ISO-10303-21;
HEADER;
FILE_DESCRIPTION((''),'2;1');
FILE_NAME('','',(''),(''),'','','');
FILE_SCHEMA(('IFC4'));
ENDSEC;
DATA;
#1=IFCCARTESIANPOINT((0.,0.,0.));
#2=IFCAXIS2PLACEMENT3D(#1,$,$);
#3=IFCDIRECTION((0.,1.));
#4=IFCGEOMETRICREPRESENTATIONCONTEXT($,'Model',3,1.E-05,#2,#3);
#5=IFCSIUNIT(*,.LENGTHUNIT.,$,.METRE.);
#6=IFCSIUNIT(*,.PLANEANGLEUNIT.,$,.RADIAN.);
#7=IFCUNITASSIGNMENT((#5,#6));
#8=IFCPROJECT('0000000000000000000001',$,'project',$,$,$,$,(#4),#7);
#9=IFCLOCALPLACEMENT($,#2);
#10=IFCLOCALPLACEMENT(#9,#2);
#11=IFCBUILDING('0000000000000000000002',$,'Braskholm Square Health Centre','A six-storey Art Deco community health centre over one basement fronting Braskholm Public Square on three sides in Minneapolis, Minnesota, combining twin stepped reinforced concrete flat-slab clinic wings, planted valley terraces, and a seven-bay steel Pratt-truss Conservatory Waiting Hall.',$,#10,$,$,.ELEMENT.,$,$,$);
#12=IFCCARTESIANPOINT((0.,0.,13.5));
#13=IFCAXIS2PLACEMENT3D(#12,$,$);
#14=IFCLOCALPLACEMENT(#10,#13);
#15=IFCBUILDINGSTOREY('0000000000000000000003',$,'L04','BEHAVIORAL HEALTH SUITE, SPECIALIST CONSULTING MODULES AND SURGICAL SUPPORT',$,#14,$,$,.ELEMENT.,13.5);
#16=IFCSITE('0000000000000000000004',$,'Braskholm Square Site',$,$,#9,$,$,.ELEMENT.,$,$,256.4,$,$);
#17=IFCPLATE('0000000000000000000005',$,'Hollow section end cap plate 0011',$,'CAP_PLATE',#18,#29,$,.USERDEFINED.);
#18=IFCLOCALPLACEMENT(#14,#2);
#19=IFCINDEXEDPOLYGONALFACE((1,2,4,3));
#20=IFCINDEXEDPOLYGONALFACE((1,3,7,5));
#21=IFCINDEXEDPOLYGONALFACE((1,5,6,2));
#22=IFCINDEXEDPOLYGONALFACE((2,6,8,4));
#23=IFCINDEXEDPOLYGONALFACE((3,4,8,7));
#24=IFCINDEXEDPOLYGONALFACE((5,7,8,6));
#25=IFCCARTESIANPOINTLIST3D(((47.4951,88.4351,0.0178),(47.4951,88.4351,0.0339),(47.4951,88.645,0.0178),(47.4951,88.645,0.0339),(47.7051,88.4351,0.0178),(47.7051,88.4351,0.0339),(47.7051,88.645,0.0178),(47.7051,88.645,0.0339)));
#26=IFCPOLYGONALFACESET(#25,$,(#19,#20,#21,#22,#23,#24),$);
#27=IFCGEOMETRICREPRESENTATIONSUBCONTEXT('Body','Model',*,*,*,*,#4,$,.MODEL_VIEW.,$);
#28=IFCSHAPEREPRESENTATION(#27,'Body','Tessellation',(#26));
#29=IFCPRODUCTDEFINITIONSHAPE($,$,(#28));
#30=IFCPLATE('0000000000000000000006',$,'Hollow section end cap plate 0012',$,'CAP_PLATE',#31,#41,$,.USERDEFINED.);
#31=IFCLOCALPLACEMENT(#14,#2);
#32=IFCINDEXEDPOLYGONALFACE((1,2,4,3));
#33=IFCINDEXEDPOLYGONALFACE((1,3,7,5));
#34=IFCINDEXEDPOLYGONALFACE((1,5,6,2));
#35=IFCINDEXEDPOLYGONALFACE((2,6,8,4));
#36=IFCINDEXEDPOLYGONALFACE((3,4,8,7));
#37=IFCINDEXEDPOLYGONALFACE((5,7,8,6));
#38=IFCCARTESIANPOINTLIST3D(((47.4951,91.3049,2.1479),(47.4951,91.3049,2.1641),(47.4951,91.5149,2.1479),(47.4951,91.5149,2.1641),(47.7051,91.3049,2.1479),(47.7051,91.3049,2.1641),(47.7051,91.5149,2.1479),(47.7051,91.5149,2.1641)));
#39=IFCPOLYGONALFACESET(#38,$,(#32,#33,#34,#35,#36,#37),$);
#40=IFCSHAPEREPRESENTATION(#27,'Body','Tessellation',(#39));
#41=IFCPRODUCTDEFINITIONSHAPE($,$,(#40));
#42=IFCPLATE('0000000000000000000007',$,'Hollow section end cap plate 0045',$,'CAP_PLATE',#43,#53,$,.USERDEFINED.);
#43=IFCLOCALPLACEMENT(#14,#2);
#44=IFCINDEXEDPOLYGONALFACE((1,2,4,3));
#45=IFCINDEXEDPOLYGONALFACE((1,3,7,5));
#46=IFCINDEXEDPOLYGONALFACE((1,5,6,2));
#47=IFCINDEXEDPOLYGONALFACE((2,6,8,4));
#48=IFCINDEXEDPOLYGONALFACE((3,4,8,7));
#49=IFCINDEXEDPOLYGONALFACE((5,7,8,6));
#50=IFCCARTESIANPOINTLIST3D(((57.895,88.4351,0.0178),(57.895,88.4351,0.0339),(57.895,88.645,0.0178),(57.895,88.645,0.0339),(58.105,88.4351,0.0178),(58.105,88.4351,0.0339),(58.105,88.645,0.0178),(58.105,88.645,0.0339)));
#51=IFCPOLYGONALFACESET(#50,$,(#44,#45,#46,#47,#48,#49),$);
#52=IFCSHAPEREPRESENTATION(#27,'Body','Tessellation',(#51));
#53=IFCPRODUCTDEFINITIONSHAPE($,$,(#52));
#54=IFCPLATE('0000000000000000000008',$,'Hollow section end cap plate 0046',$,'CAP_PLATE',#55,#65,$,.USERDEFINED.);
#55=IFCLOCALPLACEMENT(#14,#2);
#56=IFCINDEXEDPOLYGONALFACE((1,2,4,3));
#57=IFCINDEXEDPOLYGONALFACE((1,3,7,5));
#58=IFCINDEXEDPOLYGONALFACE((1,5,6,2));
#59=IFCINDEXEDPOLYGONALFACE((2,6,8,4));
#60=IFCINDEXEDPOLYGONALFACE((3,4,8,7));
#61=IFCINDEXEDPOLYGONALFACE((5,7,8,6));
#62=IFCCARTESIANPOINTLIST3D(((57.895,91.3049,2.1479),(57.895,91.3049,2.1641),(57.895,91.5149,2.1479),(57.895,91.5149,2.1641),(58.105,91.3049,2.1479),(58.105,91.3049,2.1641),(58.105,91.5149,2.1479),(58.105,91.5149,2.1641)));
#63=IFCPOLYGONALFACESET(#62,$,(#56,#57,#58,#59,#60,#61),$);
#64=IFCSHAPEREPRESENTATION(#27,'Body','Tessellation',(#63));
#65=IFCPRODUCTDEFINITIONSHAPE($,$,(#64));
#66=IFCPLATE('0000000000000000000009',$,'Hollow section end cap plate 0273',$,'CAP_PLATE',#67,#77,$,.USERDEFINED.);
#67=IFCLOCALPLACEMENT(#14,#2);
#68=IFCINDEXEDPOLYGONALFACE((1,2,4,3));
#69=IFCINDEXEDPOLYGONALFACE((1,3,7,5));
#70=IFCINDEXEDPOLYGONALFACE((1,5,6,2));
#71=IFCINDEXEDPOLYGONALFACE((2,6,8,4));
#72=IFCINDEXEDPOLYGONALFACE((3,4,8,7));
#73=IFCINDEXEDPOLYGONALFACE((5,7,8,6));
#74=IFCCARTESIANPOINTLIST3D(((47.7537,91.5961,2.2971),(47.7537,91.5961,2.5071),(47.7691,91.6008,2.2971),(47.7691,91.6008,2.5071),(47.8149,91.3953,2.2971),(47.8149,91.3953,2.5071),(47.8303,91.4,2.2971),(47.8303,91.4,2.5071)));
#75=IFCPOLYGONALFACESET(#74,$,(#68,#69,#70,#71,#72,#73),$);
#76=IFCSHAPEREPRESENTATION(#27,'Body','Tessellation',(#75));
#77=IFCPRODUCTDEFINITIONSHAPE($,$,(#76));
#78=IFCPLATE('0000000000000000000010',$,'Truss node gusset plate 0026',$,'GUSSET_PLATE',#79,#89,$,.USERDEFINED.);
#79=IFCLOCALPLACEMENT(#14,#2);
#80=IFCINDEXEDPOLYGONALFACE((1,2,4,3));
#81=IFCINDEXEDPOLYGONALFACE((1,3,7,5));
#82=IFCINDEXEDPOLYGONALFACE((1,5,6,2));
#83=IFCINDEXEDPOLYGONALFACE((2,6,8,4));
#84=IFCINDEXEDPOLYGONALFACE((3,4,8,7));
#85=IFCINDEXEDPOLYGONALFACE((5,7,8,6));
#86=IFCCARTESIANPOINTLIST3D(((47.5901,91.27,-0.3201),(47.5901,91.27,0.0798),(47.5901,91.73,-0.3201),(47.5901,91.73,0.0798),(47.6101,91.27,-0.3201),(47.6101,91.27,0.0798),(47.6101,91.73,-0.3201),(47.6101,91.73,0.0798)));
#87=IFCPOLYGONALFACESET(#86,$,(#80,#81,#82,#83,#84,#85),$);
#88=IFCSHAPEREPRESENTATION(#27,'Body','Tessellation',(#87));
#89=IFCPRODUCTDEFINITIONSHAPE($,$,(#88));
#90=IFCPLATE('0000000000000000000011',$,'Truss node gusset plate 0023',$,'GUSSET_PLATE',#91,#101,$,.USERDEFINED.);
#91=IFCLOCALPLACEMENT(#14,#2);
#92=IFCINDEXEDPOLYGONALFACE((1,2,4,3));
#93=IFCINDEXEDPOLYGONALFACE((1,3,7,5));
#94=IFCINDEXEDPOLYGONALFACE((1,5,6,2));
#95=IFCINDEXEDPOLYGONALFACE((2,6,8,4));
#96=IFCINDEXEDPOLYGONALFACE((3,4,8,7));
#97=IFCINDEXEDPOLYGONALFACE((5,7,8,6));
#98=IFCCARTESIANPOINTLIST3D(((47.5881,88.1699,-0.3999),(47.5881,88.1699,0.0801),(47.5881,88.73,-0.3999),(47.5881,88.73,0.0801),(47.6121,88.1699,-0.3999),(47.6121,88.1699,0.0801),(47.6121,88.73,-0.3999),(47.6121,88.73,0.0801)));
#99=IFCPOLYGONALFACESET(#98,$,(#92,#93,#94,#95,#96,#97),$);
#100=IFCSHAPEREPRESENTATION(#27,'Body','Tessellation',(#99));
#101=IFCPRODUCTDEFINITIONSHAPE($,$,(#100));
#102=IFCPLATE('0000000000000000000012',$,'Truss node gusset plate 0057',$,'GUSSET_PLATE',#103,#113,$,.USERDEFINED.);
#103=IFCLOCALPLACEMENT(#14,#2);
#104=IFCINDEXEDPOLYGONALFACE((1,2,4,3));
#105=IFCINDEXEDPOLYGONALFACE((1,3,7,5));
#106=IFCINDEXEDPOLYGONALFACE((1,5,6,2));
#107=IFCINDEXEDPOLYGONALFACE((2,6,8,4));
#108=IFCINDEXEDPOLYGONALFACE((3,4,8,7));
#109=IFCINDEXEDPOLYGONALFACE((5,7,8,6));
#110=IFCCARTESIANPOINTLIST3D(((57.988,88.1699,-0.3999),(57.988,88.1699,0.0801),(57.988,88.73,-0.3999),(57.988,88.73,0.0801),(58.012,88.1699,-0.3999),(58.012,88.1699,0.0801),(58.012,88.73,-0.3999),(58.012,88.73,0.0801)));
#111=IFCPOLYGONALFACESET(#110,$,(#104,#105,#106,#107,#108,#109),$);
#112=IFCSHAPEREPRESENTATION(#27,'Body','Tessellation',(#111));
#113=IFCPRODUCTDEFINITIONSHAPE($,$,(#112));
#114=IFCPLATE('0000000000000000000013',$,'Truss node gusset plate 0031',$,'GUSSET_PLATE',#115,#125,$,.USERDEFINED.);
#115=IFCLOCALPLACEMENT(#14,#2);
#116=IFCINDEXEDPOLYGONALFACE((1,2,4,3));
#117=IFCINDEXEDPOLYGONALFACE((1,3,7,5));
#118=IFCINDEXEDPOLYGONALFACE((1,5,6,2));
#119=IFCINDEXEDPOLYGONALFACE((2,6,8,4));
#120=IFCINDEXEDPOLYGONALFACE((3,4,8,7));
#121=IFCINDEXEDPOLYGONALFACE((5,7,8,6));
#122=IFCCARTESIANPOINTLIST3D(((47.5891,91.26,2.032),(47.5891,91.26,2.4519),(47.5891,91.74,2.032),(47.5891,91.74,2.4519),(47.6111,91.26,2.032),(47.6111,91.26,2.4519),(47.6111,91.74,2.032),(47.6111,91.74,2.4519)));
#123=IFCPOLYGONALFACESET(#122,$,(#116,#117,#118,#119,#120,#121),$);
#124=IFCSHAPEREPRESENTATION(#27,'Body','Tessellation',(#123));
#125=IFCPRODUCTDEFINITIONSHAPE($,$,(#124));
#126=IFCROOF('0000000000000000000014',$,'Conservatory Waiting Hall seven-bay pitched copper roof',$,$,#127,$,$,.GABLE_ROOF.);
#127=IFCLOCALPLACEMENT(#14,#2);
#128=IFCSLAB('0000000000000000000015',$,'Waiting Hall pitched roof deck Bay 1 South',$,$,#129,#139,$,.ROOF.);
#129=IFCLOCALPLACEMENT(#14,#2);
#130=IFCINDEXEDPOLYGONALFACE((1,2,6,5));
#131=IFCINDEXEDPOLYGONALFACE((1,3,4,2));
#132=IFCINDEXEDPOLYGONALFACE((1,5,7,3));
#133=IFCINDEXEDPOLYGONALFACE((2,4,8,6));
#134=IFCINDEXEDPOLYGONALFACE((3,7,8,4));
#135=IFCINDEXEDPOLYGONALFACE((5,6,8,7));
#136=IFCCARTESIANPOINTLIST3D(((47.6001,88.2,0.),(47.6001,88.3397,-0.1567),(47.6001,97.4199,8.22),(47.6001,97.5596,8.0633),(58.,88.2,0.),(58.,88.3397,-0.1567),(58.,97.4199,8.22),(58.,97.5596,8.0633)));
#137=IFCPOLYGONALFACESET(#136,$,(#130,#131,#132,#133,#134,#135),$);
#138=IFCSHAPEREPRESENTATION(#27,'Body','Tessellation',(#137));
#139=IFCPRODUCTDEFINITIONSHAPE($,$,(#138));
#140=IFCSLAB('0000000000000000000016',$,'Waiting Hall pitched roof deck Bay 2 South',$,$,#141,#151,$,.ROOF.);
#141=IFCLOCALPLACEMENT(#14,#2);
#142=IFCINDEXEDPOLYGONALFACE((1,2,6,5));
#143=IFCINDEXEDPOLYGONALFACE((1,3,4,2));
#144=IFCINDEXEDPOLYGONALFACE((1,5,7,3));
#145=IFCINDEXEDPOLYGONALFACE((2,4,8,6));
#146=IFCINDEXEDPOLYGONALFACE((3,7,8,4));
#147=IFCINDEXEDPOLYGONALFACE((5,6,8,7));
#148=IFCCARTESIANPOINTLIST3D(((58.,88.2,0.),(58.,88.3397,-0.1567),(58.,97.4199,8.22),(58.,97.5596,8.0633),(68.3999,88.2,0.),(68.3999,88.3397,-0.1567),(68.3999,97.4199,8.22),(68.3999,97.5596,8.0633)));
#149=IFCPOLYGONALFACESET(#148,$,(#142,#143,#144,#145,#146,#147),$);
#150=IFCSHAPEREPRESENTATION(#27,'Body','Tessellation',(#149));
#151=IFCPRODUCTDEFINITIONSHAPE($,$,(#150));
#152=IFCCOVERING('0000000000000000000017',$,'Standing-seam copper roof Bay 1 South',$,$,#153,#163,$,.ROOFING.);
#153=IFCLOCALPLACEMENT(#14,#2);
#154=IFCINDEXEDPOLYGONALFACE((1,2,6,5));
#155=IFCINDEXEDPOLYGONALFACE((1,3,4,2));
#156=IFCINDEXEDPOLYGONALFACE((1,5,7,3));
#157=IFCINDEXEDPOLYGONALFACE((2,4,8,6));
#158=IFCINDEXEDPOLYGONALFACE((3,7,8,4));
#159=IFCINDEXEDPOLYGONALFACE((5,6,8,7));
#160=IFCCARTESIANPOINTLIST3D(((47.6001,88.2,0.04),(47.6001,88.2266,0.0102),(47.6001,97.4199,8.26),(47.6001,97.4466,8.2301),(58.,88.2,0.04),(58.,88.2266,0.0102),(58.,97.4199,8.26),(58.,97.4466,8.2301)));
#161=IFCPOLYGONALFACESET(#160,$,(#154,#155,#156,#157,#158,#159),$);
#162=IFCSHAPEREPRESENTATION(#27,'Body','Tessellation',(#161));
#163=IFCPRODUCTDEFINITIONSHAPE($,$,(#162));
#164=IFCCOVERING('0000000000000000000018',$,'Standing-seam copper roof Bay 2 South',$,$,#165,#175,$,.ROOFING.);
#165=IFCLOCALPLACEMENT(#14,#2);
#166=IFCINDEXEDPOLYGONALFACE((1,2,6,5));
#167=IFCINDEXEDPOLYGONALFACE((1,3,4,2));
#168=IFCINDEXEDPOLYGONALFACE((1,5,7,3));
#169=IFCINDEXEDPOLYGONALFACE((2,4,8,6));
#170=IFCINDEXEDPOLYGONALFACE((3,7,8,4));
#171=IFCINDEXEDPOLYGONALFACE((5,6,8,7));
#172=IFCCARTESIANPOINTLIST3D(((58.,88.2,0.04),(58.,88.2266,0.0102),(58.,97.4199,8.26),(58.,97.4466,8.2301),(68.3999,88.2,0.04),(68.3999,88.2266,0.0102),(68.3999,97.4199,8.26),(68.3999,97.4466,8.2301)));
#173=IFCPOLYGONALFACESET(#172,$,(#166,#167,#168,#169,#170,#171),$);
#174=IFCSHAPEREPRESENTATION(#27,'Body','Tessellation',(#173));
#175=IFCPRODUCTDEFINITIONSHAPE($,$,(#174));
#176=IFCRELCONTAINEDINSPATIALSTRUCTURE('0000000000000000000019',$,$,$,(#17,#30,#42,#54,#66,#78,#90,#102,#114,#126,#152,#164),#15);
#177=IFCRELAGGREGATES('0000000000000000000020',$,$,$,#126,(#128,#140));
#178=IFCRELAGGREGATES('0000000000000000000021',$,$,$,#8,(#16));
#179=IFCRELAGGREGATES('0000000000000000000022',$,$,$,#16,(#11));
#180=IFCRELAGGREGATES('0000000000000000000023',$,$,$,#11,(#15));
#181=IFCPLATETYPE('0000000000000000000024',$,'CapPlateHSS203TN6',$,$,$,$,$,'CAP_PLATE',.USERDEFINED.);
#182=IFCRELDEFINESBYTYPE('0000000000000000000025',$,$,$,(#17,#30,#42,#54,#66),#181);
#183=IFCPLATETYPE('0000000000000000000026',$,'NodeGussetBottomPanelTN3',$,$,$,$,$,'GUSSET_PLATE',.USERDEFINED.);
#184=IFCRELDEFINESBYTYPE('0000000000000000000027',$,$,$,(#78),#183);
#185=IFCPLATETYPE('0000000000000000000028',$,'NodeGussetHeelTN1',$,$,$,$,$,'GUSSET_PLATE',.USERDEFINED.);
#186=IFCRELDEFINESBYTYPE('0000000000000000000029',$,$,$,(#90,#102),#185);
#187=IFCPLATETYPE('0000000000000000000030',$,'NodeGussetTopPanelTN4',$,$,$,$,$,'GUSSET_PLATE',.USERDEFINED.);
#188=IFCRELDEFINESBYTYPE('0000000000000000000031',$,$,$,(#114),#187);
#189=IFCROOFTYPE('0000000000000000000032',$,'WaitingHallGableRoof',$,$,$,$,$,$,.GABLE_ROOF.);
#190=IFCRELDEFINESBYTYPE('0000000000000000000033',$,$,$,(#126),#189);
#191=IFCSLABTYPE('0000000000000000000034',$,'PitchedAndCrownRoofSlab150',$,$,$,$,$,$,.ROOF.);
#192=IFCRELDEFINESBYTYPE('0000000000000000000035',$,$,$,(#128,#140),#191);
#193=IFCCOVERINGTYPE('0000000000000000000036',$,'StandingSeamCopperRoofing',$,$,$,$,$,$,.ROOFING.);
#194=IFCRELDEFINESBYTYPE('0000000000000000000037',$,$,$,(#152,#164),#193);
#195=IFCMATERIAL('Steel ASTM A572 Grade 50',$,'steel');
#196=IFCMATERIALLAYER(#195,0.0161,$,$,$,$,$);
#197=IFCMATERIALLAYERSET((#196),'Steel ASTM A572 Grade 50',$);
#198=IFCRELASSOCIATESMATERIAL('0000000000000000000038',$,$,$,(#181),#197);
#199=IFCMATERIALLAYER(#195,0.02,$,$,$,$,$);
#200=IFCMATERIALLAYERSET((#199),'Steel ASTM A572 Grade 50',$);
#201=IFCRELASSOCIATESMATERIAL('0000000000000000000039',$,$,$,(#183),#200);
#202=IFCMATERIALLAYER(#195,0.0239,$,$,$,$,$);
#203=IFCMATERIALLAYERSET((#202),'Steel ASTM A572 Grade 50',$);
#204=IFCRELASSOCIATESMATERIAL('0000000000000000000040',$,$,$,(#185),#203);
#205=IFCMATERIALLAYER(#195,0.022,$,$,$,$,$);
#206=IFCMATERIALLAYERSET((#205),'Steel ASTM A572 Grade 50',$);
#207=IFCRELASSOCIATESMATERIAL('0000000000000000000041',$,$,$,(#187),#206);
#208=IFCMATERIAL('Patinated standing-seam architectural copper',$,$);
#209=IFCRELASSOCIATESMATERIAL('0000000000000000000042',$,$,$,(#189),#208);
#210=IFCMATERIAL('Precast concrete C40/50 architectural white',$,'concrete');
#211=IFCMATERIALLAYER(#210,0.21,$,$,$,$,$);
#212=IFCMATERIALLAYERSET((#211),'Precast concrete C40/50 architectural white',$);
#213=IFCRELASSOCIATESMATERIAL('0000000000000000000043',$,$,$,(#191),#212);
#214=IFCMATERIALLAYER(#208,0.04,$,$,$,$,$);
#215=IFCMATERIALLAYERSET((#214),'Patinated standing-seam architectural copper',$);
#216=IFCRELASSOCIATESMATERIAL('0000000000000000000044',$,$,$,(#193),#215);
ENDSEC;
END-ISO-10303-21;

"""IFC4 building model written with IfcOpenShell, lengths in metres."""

from ifc_helpers import new_model, si_unit, direction, frame, origin, origin_2d, place, context, subcontext, project, spatial, polyline, rectangle, outline, extrude, material, layer, layer_set, type_object, element, aggregate, save


model = new_model("IFC4")

# Units and contexts
model_context = context("Model", 3, precision=1e-05, world=origin(), true_north=direction((0.0, 1.0)))
body_context = subcontext(model_context, "Body", "Model", "MODEL_VIEW")
ifc_project = project(units=[si_unit("LENGTHUNIT", "METRE"), si_unit("PLANEANGLEUNIT", "RADIAN")], contexts=[model_context])

# Site, building, storey
site_placement = place(None, origin())
site = spatial("IfcSite", under=ifc_project, at=site_placement, Name="Braskholm Square Site", CompositionType="ELEMENT", RefElevation=256.4)
building_placement = place(site_placement, origin())
building = spatial("IfcBuilding", under=site, at=building_placement, Name="Braskholm Square Health Centre", Description="A six-storey Art Deco community health centre over one basement fronting Braskholm Public Square on three sides in Minneapolis, Minnesota, combining twin stepped reinforced concrete flat-slab clinic wings, planted valley terraces, and a seven-bay steel Pratt-truss Conservatory Waiting Hall.", CompositionType="ELEMENT")
storey_placement = place(building_placement, frame((0.0, 0.0, 13.5)))
storey = spatial("IfcBuildingStorey", under=building, at=storey_placement, Name="L04", Description="BEHAVIORAL HEALTH SUITE, SPECIALIST CONSULTING MODULES AND SURGICAL SUPPORT", CompositionType="ELEMENT", Elevation=13.5)

# Plates
ifc_material_1 = material(Name="Steel ASTM A572 Grade 50", Category="steel")
ifc_layer_1 = layer(ifc_material_1, 0.0161)
ifc_layer_set_1 = layer_set([ifc_layer_1], Name="Steel ASTM A572 Grade 50")
plate_type_1 = type_object("IfcPlateType", Name="CapPlateHSS203TN6", ElementType="CAP_PLATE", PredefinedType="USERDEFINED", material=ifc_layer_set_1)
for number, where, z_axis, x_axis, name in (
    (1, (47.6001, 88.54, 0.0178), (0.0, 0.0, 1.0), (1.0, 0.0, 0.0), "Hollow section end cap plate 0011"),
    (2, (47.6001, 91.4099, 2.1479), (0.0, 0.0, 1.0), (1.0, 0.0, 0.0), "Hollow section end cap plate 0012"),
    (3, (58.0, 88.54, 0.0178), (0.0, 0.0, 1.0), (1.0, 0.0, 0.0), "Hollow section end cap plate 0045"),
    (4, (58.0, 91.4099, 2.1479), (0.0, 0.0, 1.0), (1.0, 0.0, 0.0), "Hollow section end cap plate 0046"),
):
    element("IfcPlate", number, at=place(storey_placement, frame(where, z_axis=z_axis, x_axis=x_axis)), inside=storey, type_object=plate_type_1, Name=name, ObjectType="CAP_PLATE", PredefinedType="USERDEFINED", context=body_context, shape_type="SweptSolid", body=[
        extrude(rectangle(XDim=0.21, YDim=0.21, at=origin_2d()), origin(), (0.0, 0.0, 1.0), 0.0161),
    ])
plate_1_placement = place(storey_placement, frame((47.792, 91.498, 2.2971), z_axis=(0.0, 0.0, 1.0), x_axis=(0.956498, 0.291737, 0.0)))
element("IfcPlate", 5, at=plate_1_placement, inside=storey, type_object=plate_type_1, Name="Hollow section end cap plate 0273", ObjectType="CAP_PLATE", PredefinedType="USERDEFINED", context=body_context, shape_type="SweptSolid", body=[
    extrude(rectangle(XDim=0.0161, YDim=0.21, at=origin_2d()), origin(), (0.0, 0.0, 1.0), 0.21),
])
ifc_layer_2 = layer(ifc_material_1, 0.02)
ifc_layer_set_2 = layer_set([ifc_layer_2], Name="Steel ASTM A572 Grade 50")
plate_type_2 = type_object("IfcPlateType", Name="NodeGussetBottomPanelTN3", ElementType="GUSSET_PLATE", PredefinedType="USERDEFINED", material=ifc_layer_set_2)
plate_2_placement = place(storey_placement, frame((47.6001, 91.5, -0.3201), z_axis=(0.0, 0.0, 1.0), x_axis=(1.0, 0.0, 0.0)))
element("IfcPlate", 6, at=plate_2_placement, inside=storey, type_object=plate_type_2, Name="Truss node gusset plate 0026", ObjectType="GUSSET_PLATE", PredefinedType="USERDEFINED", context=body_context, shape_type="SweptSolid", body=[
    extrude(rectangle(XDim=0.02, YDim=0.46, at=origin_2d()), origin(), (0.0, 0.0, 1.0), 0.3999),
])
ifc_layer_3 = layer(ifc_material_1, 0.0239)
ifc_layer_set_3 = layer_set([ifc_layer_3], Name="Steel ASTM A572 Grade 50")
plate_type_3 = type_object("IfcPlateType", Name="NodeGussetHeelTN1", ElementType="GUSSET_PLATE", PredefinedType="USERDEFINED", material=ifc_layer_set_3)
for number, where, z_axis, x_axis, name in (
    (7, (47.6001, 88.45, -0.3999), (0.0, 0.0, 1.0), (1.0, 0.0, 0.0), "Truss node gusset plate 0023"),
    (8, (58.0, 88.45, -0.3999), (0.0, 0.0, 1.0), (1.0, 0.0, 0.0), "Truss node gusset plate 0057"),
):
    element("IfcPlate", number, at=place(storey_placement, frame(where, z_axis=z_axis, x_axis=x_axis)), inside=storey, type_object=plate_type_3, Name=name, ObjectType="GUSSET_PLATE", PredefinedType="USERDEFINED", context=body_context, shape_type="SweptSolid", body=[
        extrude(rectangle(XDim=0.0239, YDim=0.5601, at=origin_2d()), origin(), (0.0, 0.0, 1.0), 0.48),
    ])
ifc_layer_4 = layer(ifc_material_1, 0.022)
ifc_layer_set_4 = layer_set([ifc_layer_4], Name="Steel ASTM A572 Grade 50")
plate_type_4 = type_object("IfcPlateType", Name="NodeGussetTopPanelTN4", ElementType="GUSSET_PLATE", PredefinedType="USERDEFINED", material=ifc_layer_set_4)
plate_3_placement = place(storey_placement, frame((47.6001, 91.5, 2.032), z_axis=(0.0, 0.0, 1.0), x_axis=(1.0, 0.0, 0.0)))
element("IfcPlate", 9, at=plate_3_placement, inside=storey, type_object=plate_type_4, Name="Truss node gusset plate 0031", ObjectType="GUSSET_PLATE", PredefinedType="USERDEFINED", context=body_context, shape_type="SweptSolid", body=[
    extrude(rectangle(XDim=0.022, YDim=0.48, at=origin_2d()), origin(), (0.0, 0.0, 1.0), 0.4199),
])

# Roof, slabs
ifc_material_2 = material(Name="Patinated standing-seam architectural copper")
roof_type = type_object("IfcRoofType", Name="WaitingHallGableRoof", PredefinedType="GABLE_ROOF", material=ifc_material_2)
roof_placement = place(storey_placement, origin())
roof = element("IfcRoof", 10, at=roof_placement, inside=storey, type_object=roof_type, Name="Conservatory Waiting Hall seven-bay pitched copper roof", PredefinedType="GABLE_ROOF")
ifc_material_3 = material(Name="Precast concrete C40/50 architectural white", Category="concrete")
ifc_layer_5 = layer(ifc_material_3, 0.21)
ifc_layer_set_5 = layer_set([ifc_layer_5], Name="Precast concrete C40/50 architectural white")
slab_type = type_object("IfcSlabType", Name="PitchedAndCrownRoofSlab150", PredefinedType="ROOF", material=ifc_layer_set_5)
slab_1_placement = place(storey_placement, frame((47.6001, 88.2, 0.0), z_axis=(0.0, -0.665468, 0.746426), x_axis=(1.0, 0.0, 0.0)))
slab_1 = element("IfcSlab", 11, at=slab_1_placement, type_object=slab_type, Name="Waiting Hall pitched roof deck Bay 1 South", PredefinedType="ROOF", context=body_context, shape_type="SweptSolid", body=[
    extrude(outline(polyline([(0.0, 0.0), (10.3999, 0.0), (10.3999, 12.3522), (0.0, 12.3522), (0.0, 0.0)])), origin(), (0.0, 0.0, -1.0), 0.21),
])
slab_2_placement = place(storey_placement, frame((58.0, 88.2, 0.0), z_axis=(0.0, -0.665468, 0.746426), x_axis=(1.0, 0.0, 0.0)))
slab_2 = element("IfcSlab", 12, at=slab_2_placement, type_object=slab_type, Name="Waiting Hall pitched roof deck Bay 2 South", PredefinedType="ROOF", context=body_context, shape_type="SweptSolid", body=[
    extrude(outline(polyline([(0.0, 0.0), (10.3999, 0.0), (10.3999, 12.3522), (0.0, 12.3522), (0.0, 0.0)])), origin(), (0.0, 0.0, -1.0), 0.21),
])
aggregate(roof, [slab_1, slab_2])

# Coverings
ifc_layer_6 = layer(ifc_material_2, 0.04)
ifc_layer_set_6 = layer_set([ifc_layer_6], Name="Patinated standing-seam architectural copper")
covering_type = type_object("IfcCoveringType", Name="StandingSeamCopperRoofing", PredefinedType="ROOFING", material=ifc_layer_set_6)
for number, where, z_axis, x_axis, name in (
    (13, (47.6001, 88.2, 0.04), (0.0, -0.665468, 0.746426), (1.0, 0.0, 0.0), "Standing-seam copper roof Bay 1 South"),
    (14, (58.0, 88.2, 0.04), (0.0, -0.665468, 0.746426), (1.0, 0.0, 0.0), "Standing-seam copper roof Bay 2 South"),
):
    element("IfcCovering", number, at=place(storey_placement, frame(where, z_axis=z_axis, x_axis=x_axis)), inside=storey, type_object=covering_type, Name=name, PredefinedType="ROOFING", context=body_context, shape_type="SweptSolid", body=[
        extrude(outline(polyline([(0.0, 0.0), (10.3999, 0.0), (10.3999, 12.3522), (0.0, 12.3522), (0.0, 0.0)])), origin(), (0.0, 0.0, -1.0), 0.04),
    ])

save(model, "model.ifc")
